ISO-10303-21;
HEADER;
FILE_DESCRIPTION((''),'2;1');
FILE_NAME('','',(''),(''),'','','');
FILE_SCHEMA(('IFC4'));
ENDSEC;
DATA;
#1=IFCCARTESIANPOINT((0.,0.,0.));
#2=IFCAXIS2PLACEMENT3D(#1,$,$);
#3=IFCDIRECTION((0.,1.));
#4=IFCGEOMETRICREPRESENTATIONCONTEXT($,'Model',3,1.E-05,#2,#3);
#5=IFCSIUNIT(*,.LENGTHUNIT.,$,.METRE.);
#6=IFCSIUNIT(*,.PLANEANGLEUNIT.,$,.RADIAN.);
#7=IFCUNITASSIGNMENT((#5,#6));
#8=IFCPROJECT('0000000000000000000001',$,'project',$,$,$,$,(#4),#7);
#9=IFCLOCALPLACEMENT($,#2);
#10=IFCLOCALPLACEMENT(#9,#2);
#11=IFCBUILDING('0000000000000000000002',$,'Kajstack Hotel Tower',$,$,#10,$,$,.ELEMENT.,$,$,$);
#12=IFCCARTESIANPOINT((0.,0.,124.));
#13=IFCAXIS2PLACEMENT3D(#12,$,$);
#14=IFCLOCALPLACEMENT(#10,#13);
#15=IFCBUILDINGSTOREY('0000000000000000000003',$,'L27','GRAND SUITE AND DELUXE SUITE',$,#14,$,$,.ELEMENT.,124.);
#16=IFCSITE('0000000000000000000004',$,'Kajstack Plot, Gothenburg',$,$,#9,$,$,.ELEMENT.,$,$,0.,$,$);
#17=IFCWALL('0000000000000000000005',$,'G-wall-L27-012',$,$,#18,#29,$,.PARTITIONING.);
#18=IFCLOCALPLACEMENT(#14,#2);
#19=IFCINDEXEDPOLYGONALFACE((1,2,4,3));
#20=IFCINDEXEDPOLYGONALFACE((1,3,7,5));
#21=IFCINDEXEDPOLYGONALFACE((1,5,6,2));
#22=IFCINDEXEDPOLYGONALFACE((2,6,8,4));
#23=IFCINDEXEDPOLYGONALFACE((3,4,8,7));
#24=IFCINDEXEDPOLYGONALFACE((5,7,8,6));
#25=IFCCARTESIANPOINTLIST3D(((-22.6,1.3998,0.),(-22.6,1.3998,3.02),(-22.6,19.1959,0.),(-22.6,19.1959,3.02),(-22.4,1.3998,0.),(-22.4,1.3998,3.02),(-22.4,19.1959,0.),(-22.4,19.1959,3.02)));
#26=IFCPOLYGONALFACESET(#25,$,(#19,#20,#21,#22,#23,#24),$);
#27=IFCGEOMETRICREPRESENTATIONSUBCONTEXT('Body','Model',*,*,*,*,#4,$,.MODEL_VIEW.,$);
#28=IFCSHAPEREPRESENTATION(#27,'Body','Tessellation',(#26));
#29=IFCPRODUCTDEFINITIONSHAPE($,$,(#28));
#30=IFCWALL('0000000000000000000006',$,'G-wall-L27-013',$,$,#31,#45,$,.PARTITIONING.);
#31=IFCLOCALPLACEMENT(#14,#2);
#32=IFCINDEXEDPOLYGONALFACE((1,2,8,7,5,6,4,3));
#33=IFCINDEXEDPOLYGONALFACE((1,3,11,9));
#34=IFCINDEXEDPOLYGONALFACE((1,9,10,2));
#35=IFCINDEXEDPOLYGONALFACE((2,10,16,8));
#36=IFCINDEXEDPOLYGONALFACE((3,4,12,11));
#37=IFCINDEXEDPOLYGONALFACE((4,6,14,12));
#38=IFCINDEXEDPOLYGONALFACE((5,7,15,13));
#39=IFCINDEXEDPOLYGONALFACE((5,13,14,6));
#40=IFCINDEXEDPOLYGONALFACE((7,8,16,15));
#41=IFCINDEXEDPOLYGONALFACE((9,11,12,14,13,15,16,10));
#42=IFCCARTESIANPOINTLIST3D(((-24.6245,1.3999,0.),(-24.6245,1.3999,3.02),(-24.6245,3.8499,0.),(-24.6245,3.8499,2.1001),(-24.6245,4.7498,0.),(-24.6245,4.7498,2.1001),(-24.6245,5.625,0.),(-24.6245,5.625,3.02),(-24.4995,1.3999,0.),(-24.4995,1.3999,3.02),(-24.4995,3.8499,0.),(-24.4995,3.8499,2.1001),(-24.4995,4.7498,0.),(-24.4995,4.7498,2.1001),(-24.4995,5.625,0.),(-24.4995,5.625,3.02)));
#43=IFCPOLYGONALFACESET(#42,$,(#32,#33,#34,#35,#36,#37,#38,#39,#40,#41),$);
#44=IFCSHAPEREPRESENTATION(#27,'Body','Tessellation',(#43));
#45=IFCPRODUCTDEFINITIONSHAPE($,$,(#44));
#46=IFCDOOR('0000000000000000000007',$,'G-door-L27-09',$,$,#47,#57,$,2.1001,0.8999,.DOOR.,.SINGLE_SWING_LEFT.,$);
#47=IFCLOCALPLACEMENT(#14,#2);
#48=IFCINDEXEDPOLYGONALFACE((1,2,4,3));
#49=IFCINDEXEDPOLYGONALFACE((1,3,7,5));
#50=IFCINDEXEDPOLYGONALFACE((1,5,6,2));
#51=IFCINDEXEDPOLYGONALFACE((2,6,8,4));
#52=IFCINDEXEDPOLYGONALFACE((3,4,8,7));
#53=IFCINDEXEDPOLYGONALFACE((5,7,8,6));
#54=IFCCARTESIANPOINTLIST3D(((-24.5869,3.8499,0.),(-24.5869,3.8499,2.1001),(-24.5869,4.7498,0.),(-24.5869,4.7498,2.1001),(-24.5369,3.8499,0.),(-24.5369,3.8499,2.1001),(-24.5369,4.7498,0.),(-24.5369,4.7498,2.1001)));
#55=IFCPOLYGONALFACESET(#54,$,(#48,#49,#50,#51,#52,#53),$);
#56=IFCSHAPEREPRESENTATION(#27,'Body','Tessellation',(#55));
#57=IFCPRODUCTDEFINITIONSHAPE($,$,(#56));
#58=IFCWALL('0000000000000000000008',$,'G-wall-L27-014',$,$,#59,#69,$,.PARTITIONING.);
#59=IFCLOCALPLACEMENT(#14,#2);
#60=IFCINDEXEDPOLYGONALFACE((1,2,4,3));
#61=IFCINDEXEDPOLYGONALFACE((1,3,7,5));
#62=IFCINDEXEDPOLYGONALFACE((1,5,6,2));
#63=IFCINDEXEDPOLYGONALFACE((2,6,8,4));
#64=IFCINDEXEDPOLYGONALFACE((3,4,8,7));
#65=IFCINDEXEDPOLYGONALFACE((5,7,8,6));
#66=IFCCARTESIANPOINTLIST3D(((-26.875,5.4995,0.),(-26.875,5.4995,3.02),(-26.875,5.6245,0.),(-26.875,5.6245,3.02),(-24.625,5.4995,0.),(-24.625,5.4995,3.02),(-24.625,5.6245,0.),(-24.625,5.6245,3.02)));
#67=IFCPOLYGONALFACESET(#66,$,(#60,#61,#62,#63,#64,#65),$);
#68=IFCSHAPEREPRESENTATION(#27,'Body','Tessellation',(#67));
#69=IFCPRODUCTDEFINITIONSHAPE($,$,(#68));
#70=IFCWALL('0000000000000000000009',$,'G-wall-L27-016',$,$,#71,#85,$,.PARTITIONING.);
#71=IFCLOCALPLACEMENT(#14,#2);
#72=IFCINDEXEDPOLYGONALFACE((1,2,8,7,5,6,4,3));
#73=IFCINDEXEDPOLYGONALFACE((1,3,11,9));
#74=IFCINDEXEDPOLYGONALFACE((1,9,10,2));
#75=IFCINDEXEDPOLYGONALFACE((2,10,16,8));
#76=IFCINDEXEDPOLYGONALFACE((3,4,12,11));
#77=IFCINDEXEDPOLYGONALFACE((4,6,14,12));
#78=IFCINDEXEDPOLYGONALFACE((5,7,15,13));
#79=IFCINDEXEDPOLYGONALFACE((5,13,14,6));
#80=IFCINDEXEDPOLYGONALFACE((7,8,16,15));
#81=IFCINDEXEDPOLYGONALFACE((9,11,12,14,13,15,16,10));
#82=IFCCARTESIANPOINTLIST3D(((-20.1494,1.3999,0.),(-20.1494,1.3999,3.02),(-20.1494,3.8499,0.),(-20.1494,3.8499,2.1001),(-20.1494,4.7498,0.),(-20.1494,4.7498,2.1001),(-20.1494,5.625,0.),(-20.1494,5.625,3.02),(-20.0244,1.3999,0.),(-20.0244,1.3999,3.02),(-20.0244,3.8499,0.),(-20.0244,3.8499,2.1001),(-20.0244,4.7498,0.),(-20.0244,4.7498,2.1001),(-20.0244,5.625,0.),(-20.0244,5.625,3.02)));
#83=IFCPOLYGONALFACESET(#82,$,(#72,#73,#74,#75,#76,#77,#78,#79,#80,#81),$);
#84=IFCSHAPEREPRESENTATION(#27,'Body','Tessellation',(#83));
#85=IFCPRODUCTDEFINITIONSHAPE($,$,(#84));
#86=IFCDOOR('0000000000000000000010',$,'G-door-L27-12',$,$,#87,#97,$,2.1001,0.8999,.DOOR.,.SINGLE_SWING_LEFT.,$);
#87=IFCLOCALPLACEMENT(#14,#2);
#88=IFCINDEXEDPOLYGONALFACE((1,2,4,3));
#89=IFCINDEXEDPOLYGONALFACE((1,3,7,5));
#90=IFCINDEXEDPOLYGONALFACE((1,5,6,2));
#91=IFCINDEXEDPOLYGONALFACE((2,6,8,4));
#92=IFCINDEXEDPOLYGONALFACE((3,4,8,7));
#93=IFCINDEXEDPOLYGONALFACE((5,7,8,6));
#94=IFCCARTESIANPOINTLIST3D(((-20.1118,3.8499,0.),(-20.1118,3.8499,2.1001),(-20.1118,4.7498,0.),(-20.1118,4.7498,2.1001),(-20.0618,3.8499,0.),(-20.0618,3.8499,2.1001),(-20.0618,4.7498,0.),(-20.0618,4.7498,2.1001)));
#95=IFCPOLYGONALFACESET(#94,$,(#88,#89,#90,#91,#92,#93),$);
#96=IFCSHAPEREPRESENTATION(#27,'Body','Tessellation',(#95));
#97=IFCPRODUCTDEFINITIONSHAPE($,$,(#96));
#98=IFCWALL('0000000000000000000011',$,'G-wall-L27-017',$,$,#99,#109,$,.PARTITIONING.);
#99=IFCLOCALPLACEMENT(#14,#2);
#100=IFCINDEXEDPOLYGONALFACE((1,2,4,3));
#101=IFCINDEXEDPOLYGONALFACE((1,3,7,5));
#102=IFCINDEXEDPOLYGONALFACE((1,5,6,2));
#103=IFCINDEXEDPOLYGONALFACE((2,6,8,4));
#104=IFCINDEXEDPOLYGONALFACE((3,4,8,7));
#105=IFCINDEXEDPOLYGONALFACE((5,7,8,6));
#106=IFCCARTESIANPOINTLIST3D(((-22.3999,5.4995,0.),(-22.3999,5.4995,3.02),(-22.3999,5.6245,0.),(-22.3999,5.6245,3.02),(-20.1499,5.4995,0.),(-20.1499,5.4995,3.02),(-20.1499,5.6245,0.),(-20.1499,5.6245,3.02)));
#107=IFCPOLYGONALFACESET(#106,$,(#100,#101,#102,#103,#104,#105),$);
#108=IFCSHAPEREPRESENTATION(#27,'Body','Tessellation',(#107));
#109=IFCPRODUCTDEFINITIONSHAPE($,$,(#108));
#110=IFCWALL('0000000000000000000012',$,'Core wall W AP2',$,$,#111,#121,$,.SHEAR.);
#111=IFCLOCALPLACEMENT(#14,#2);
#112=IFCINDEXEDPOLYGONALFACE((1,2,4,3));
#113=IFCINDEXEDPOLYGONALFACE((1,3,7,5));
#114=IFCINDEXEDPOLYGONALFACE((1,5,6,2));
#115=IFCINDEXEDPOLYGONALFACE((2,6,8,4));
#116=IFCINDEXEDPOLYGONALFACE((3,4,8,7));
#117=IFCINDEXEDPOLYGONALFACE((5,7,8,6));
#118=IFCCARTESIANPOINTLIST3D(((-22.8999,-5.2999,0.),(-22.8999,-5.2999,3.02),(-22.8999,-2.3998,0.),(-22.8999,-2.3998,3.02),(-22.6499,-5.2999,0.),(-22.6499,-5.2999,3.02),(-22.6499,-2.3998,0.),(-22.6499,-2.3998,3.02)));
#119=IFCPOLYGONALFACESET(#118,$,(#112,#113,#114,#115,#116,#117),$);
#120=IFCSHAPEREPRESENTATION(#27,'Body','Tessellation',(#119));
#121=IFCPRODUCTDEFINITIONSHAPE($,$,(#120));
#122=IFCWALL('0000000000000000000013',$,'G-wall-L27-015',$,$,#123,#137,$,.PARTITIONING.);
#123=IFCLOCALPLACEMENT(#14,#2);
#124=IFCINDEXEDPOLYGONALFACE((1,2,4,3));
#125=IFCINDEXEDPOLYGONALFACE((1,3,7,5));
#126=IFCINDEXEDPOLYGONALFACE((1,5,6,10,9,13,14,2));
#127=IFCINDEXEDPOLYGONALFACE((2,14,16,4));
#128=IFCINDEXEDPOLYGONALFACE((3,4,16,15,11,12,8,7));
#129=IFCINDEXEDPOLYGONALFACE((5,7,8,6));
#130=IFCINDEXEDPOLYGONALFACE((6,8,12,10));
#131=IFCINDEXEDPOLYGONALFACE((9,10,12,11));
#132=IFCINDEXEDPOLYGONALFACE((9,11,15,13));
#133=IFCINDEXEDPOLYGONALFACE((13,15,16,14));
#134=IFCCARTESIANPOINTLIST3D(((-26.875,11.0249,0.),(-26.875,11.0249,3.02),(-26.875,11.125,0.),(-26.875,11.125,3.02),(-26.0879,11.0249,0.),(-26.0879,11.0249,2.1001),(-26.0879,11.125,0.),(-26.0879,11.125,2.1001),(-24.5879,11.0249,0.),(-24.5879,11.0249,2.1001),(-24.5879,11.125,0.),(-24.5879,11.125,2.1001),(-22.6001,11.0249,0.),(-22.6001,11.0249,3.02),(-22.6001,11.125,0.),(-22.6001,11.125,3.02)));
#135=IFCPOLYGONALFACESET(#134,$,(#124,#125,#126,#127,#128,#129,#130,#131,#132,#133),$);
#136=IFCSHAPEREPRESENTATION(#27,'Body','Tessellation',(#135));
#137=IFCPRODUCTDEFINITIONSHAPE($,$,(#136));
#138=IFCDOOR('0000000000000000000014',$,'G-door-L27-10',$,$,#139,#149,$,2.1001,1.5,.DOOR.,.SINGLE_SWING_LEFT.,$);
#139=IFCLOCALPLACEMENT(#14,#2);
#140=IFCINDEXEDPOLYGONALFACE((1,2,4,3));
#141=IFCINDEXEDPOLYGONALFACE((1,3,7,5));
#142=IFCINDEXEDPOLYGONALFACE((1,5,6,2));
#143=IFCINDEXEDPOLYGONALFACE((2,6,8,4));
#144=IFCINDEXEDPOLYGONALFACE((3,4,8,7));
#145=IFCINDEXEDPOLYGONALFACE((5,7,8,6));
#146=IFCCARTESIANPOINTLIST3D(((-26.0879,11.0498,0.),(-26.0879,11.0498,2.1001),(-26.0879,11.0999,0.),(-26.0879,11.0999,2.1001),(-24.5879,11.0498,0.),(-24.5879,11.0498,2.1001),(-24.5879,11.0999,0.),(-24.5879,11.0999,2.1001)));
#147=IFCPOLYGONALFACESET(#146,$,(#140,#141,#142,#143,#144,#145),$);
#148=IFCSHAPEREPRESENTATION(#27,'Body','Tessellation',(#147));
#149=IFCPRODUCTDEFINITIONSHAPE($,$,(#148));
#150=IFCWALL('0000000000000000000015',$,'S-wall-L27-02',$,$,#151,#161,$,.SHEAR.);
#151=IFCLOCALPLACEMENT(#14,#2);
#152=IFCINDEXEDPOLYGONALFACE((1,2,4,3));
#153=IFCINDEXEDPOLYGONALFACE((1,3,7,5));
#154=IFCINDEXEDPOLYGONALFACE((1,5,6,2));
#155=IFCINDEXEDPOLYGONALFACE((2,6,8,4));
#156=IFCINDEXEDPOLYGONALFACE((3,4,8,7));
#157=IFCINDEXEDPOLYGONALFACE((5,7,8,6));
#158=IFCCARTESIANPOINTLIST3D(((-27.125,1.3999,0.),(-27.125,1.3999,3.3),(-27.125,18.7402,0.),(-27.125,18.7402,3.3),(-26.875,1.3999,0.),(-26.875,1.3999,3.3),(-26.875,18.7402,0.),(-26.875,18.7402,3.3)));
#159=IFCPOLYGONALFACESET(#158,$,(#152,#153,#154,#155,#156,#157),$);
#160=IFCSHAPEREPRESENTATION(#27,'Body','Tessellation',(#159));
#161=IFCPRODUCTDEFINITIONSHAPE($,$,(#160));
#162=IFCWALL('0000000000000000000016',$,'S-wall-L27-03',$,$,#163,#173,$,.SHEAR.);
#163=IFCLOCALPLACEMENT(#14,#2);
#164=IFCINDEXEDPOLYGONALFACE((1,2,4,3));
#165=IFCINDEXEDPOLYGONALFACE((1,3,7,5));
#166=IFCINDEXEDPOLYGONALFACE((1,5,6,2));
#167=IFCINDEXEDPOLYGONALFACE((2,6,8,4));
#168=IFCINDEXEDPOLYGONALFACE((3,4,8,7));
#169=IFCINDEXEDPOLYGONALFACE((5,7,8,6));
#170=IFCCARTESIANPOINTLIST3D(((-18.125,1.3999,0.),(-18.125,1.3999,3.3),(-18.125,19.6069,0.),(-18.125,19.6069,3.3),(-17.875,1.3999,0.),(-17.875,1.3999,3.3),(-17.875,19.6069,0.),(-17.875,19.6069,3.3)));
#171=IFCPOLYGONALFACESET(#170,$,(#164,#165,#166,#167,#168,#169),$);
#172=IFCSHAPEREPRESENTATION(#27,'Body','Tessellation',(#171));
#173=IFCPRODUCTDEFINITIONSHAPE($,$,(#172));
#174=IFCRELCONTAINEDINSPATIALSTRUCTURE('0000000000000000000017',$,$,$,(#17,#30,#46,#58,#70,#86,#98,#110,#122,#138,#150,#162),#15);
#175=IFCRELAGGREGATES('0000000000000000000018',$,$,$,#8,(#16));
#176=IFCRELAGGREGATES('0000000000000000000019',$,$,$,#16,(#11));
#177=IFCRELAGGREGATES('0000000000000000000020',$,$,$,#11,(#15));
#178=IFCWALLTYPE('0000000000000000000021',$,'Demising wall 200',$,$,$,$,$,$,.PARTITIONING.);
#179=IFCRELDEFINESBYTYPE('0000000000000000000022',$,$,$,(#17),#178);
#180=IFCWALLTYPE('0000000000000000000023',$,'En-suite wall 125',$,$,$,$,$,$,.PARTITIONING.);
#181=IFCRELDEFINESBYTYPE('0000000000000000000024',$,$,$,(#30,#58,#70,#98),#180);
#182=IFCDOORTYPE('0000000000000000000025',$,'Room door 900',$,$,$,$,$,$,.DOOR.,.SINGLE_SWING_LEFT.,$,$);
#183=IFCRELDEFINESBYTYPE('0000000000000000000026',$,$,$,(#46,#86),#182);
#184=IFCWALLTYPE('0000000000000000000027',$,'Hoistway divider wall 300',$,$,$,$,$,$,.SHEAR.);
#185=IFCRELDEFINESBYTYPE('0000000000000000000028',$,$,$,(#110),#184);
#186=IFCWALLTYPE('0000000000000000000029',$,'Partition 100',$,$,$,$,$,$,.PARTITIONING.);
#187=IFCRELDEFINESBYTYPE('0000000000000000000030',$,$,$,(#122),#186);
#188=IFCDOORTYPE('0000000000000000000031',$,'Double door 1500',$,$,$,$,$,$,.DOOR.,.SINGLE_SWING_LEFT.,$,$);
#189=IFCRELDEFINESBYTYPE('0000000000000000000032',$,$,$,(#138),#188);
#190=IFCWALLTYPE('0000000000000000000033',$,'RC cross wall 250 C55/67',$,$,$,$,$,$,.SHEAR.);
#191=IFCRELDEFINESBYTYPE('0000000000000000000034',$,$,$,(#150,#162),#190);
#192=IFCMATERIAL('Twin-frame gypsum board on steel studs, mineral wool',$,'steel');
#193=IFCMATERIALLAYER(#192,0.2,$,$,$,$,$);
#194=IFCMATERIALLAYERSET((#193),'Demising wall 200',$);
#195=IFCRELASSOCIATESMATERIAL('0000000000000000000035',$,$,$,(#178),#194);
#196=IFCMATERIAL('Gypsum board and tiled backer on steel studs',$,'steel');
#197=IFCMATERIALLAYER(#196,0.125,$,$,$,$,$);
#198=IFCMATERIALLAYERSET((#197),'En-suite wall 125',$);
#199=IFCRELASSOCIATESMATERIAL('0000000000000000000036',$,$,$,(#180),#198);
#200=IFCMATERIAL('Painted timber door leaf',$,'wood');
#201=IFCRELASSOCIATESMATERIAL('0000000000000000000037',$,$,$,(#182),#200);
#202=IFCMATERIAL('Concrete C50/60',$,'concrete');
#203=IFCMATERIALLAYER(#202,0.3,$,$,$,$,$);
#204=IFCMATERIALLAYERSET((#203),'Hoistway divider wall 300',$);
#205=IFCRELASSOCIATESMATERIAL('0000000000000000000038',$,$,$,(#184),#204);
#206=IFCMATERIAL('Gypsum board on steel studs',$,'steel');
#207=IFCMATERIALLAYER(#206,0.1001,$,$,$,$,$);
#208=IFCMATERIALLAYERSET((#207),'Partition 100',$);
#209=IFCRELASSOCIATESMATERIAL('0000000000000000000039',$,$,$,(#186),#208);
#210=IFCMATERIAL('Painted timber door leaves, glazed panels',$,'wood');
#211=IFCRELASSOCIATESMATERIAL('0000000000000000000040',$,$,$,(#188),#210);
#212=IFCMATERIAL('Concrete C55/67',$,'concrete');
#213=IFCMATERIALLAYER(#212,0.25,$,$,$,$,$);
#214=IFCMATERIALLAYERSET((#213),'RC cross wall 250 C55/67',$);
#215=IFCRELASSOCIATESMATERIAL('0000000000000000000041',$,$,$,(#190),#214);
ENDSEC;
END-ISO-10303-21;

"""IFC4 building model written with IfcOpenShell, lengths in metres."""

from ifc_helpers import new_model, si_unit, direction, frame, frame_2d, origin, place, context, subcontext, project, spatial, rectangle, extrude, material, layer, layer_set, type_object, element, fill, save


model = new_model("IFC4")

# Units and contexts
model_context = context("Model", 3, precision=1e-05, world=origin(), true_north=direction((0.0, 1.0)))
body_context = subcontext(model_context, "Body", "Model", "MODEL_VIEW")
ifc_project = project(units=[si_unit("LENGTHUNIT", "METRE"), si_unit("PLANEANGLEUNIT", "RADIAN")], contexts=[model_context])

# Site, building, storey
site_placement = place(None, origin())
site = spatial("IfcSite", under=ifc_project, at=site_placement, Name="Kajstack Plot, Gothenburg", CompositionType="ELEMENT", RefElevation=0.0)
building_placement = place(site_placement, origin())
building = spatial("IfcBuilding", under=site, at=building_placement, Name="Kajstack Hotel Tower", CompositionType="ELEMENT")
storey_placement = place(building_placement, frame((0.0, 0.0, 124.0)))
storey = spatial("IfcBuildingStorey", under=building, at=storey_placement, Name="L27", Description="GRAND SUITE AND DELUXE SUITE", CompositionType="ELEMENT", Elevation=124.0)

# Wall
ifc_material_1 = material(Name="Twin-frame gypsum board on steel studs, mineral wool", Category="steel")
ifc_layer_1 = layer(ifc_material_1, 0.2)
ifc_layer_set_1 = layer_set([ifc_layer_1], Name="Demising wall 200")
wall_type_1 = type_object("IfcWallType", Name="Demising wall 200", PredefinedType="PARTITIONING", material=ifc_layer_set_1)
wall_1_placement = place(storey_placement, frame((-22.5, 1.3999, 0.0), z_axis=(0.0, 0.0, 1.0), x_axis=(0.0, 1.0, 0.0)))
element("IfcWall", 1, at=wall_1_placement, inside=storey, type_object=wall_type_1, Name="G-wall-L27-012", PredefinedType="PARTITIONING", context=body_context, shape_type="SweptSolid", body=[
    extrude(rectangle(XDim=17.7961, YDim=0.2, at=frame_2d((8.8979, 0.0))), origin(), (0.0, 0.0, 1.0), 3.02),
])

# Wall, opening, door
ifc_material_2 = material(Name="Gypsum board and tiled backer on steel studs", Category="steel")
ifc_layer_2 = layer(ifc_material_2, 0.125)
ifc_layer_set_2 = layer_set([ifc_layer_2], Name="En-suite wall 125")
wall_type_2 = type_object("IfcWallType", Name="En-suite wall 125", PredefinedType="PARTITIONING", material=ifc_layer_set_2)
wall_2_placement = place(storey_placement, frame((-24.562, 1.3999, 0.0), z_axis=(0.0, 0.0, 1.0), x_axis=(0.0, 1.0, 0.0)))
wall_2 = element("IfcWall", 2, at=wall_2_placement, inside=storey, type_object=wall_type_2, Name="G-wall-L27-013", PredefinedType="PARTITIONING", context=body_context, shape_type="SweptSolid", body=[
    extrude(rectangle(XDim=4.2251, YDim=0.125, at=frame_2d((2.1125, 0.0))), origin(), (0.0, 0.0, 1.0), 3.02),
])
opening_1_placement = place(wall_2_placement, frame((2.45, 0.0, 0.0)))
opening_1 = element("IfcOpeningElement", 3, at=opening_1_placement, cuts=wall_2, PredefinedType="OPENING", context=body_context, shape_type="SweptSolid", body=[
    extrude(rectangle(XDim=0.8999, YDim=2.1001, at=frame_2d((0.45, 1.05))), frame((0.0, 0.0725, 0.0), z_axis=(0.0, -1.0, 0.0), x_axis=(1.0, 0.0, 0.0)), (0.0, 0.0, 1.0), 0.145),
])
ifc_material_3 = material(Name="Painted timber door leaf", Category="wood")
door_type_1 = type_object("IfcDoorType", Name="Room door 900", OperationType="SINGLE_SWING_LEFT", PredefinedType="DOOR", material=ifc_material_3)
door_1_placement = place(opening_1_placement, origin())
door_1 = element("IfcDoor", 4, at=door_1_placement, inside=storey, type_object=door_type_1, Name="G-door-L27-09", OperationType="SINGLE_SWING_LEFT", OverallHeight=2.1001, OverallWidth=0.8999, PredefinedType="DOOR", context=body_context, shape_type="SweptSolid", body=[
    extrude(rectangle(XDim=0.8999, YDim=2.1001, at=frame_2d((0.45, 1.05))), frame((0.0, 0.0249, 0.0), z_axis=(0.0, -1.0, 0.0), x_axis=(1.0, 0.0, 0.0)), (0.0, 0.0, 1.0), 0.05),
])
fill(opening_1, door_1)

# Wall
wall_3_placement = place(storey_placement, frame((-26.875, 5.562, 0.0), z_axis=(0.0, 0.0, 1.0), x_axis=(1.0, 0.0, 0.0)))
element("IfcWall", 5, at=wall_3_placement, inside=storey, type_object=wall_type_2, Name="G-wall-L27-014", PredefinedType="PARTITIONING", context=body_context, shape_type="SweptSolid", body=[
    extrude(rectangle(XDim=2.25, YDim=0.125, at=frame_2d((1.125, 0.0))), origin(), (0.0, 0.0, 1.0), 3.02),
])

# Wall, opening, door
wall_4_placement = place(storey_placement, frame((-20.0869, 1.3999, 0.0), z_axis=(0.0, 0.0, 1.0), x_axis=(0.0, 1.0, 0.0)))
wall_4 = element("IfcWall", 6, at=wall_4_placement, inside=storey, type_object=wall_type_2, Name="G-wall-L27-016", PredefinedType="PARTITIONING", context=body_context, shape_type="SweptSolid", body=[
    extrude(rectangle(XDim=4.2251, YDim=0.125, at=frame_2d((2.1125, 0.0))), origin(), (0.0, 0.0, 1.0), 3.02),
])
opening_2_placement = place(wall_4_placement, frame((2.45, 0.0, 0.0)))
opening_2 = element("IfcOpeningElement", 7, at=opening_2_placement, cuts=wall_4, PredefinedType="OPENING", context=body_context, shape_type="SweptSolid", body=[
    extrude(rectangle(XDim=0.8999, YDim=2.1001, at=frame_2d((0.45, 1.05))), frame((0.0, 0.0725, 0.0), z_axis=(0.0, -1.0, 0.0), x_axis=(1.0, 0.0, 0.0)), (0.0, 0.0, 1.0), 0.145),
])
door_2_placement = place(opening_2_placement, origin())
door_2 = element("IfcDoor", 8, at=door_2_placement, inside=storey, type_object=door_type_1, Name="G-door-L27-12", OperationType="SINGLE_SWING_LEFT", OverallHeight=2.1001, OverallWidth=0.8999, PredefinedType="DOOR", context=body_context, shape_type="SweptSolid", body=[
    extrude(rectangle(XDim=0.8999, YDim=2.1001, at=frame_2d((0.45, 1.05))), frame((0.0, 0.0249, 0.0), z_axis=(0.0, -1.0, 0.0), x_axis=(1.0, 0.0, 0.0)), (0.0, 0.0, 1.0), 0.05),
])
fill(opening_2, door_2)

# Walls
wall_5_placement = place(storey_placement, frame((-22.3999, 5.562, 0.0), z_axis=(0.0, 0.0, 1.0), x_axis=(1.0, 0.0, 0.0)))
element("IfcWall", 9, at=wall_5_placement, inside=storey, type_object=wall_type_2, Name="G-wall-L27-017", PredefinedType="PARTITIONING", context=body_context, shape_type="SweptSolid", body=[
    extrude(rectangle(XDim=2.25, YDim=0.125, at=frame_2d((1.125, 0.0))), origin(), (0.0, 0.0, 1.0), 3.02),
])
ifc_material_4 = material(Name="Concrete C50/60", Category="concrete")
ifc_layer_3 = layer(ifc_material_4, 0.3)
ifc_layer_set_3 = layer_set([ifc_layer_3], Name="Hoistway divider wall 300")
wall_type_3 = type_object("IfcWallType", Name="Hoistway divider wall 300", PredefinedType="SHEAR", material=ifc_layer_set_3)
wall_6_placement = place(storey_placement, frame((-22.7749, -5.3, 0.0), z_axis=(0.0, 0.0, 1.0), x_axis=(0.0, 1.0, 0.0)))
element("IfcWall", 10, at=wall_6_placement, inside=storey, type_object=wall_type_3, Name="Core wall W AP2", PredefinedType="SHEAR", context=body_context, shape_type="SweptSolid", body=[
    extrude(rectangle(XDim=2.9001, YDim=0.25, at=frame_2d((1.4502, 0.0))), origin(), (0.0, 0.0, 1.0), 3.02),
])

# Wall, opening, door
ifc_material_5 = material(Name="Gypsum board on steel studs", Category="steel")
ifc_layer_4 = layer(ifc_material_5, 0.1001)
ifc_layer_set_4 = layer_set([ifc_layer_4], Name="Partition 100")
wall_type_4 = type_object("IfcWallType", Name="Partition 100", PredefinedType="PARTITIONING", material=ifc_layer_set_4)
wall_7_placement = place(storey_placement, frame((-26.875, 11.075, 0.0), z_axis=(0.0, 0.0, 1.0), x_axis=(1.0, 0.0, 0.0)))
wall_7 = element("IfcWall", 11, at=wall_7_placement, inside=storey, type_object=wall_type_4, Name="G-wall-L27-015", PredefinedType="PARTITIONING", context=body_context, shape_type="SweptSolid", body=[
    extrude(rectangle(XDim=4.2749, YDim=0.1001, at=frame_2d((2.1375, 0.0))), origin(), (0.0, 0.0, 1.0), 3.02),
])
opening_3_placement = place(wall_7_placement, frame((0.7871, 0.0, 0.0)))
opening_3 = element("IfcOpeningElement", 12, at=opening_3_placement, cuts=wall_7, PredefinedType="OPENING", context=body_context, shape_type="SweptSolid", body=[
    extrude(rectangle(XDim=1.5, YDim=2.1001, at=frame_2d((0.75, 1.05))), frame((0.0, 0.0601, 0.0), z_axis=(0.0, -1.0, 0.0), x_axis=(1.0, 0.0, 0.0)), (0.0, 0.0, 1.0), 0.1201),
])
ifc_material_6 = material(Name="Painted timber door leaves, glazed panels", Category="wood")
door_type_2 = type_object("IfcDoorType", Name="Double door 1500", OperationType="SINGLE_SWING_LEFT", PredefinedType="DOOR", material=ifc_material_6)
door_3_placement = place(opening_3_placement, origin())
door_3 = element("IfcDoor", 13, at=door_3_placement, inside=storey, type_object=door_type_2, Name="G-door-L27-10", OperationType="SINGLE_SWING_LEFT", OverallHeight=2.1001, OverallWidth=1.5, PredefinedType="DOOR", context=body_context, shape_type="SweptSolid", body=[
    extrude(rectangle(XDim=1.5, YDim=2.1001, at=frame_2d((0.75, 1.05))), frame((0.0, 0.0249, 0.0), z_axis=(0.0, -1.0, 0.0), x_axis=(1.0, 0.0, 0.0)), (0.0, 0.0, 1.0), 0.05),
])
fill(opening_3, door_3)

# Walls
ifc_material_7 = material(Name="Concrete C55/67", Category="concrete")
ifc_layer_5 = layer(ifc_material_7, 0.25)
ifc_layer_set_5 = layer_set([ifc_layer_5], Name="RC cross wall 250 C55/67")
wall_type_5 = type_object("IfcWallType", Name="RC cross wall 250 C55/67", PredefinedType="SHEAR", material=ifc_layer_set_5)
wall_8_placement = place(storey_placement, frame((-27.0, 1.3999, 0.0), z_axis=(0.0, 0.0, 1.0), x_axis=(0.0, 1.0, 0.0)))
element("IfcWall", 14, at=wall_8_placement, inside=storey, type_object=wall_type_5, Name="S-wall-L27-02", PredefinedType="SHEAR", context=body_context, shape_type="SweptSolid", body=[
    extrude(rectangle(XDim=17.3403, YDim=0.25, at=frame_2d((8.6702, 0.0))), origin(), (0.0, 0.0, 1.0), 3.3),
])
wall_9_placement = place(storey_placement, frame((-18.0, 1.3999, 0.0), z_axis=(0.0, 0.0, 1.0), x_axis=(0.0, 1.0, 0.0)))
element("IfcWall", 15, at=wall_9_placement, inside=storey, type_object=wall_type_5, Name="S-wall-L27-03", PredefinedType="SHEAR", context=body_context, shape_type="SweptSolid", body=[
    extrude(rectangle(XDim=18.207, YDim=0.25, at=frame_2d((9.1035, 0.0))), origin(), (0.0, 0.0, 1.0), 3.3),
])

save(model, "model.ifc")
